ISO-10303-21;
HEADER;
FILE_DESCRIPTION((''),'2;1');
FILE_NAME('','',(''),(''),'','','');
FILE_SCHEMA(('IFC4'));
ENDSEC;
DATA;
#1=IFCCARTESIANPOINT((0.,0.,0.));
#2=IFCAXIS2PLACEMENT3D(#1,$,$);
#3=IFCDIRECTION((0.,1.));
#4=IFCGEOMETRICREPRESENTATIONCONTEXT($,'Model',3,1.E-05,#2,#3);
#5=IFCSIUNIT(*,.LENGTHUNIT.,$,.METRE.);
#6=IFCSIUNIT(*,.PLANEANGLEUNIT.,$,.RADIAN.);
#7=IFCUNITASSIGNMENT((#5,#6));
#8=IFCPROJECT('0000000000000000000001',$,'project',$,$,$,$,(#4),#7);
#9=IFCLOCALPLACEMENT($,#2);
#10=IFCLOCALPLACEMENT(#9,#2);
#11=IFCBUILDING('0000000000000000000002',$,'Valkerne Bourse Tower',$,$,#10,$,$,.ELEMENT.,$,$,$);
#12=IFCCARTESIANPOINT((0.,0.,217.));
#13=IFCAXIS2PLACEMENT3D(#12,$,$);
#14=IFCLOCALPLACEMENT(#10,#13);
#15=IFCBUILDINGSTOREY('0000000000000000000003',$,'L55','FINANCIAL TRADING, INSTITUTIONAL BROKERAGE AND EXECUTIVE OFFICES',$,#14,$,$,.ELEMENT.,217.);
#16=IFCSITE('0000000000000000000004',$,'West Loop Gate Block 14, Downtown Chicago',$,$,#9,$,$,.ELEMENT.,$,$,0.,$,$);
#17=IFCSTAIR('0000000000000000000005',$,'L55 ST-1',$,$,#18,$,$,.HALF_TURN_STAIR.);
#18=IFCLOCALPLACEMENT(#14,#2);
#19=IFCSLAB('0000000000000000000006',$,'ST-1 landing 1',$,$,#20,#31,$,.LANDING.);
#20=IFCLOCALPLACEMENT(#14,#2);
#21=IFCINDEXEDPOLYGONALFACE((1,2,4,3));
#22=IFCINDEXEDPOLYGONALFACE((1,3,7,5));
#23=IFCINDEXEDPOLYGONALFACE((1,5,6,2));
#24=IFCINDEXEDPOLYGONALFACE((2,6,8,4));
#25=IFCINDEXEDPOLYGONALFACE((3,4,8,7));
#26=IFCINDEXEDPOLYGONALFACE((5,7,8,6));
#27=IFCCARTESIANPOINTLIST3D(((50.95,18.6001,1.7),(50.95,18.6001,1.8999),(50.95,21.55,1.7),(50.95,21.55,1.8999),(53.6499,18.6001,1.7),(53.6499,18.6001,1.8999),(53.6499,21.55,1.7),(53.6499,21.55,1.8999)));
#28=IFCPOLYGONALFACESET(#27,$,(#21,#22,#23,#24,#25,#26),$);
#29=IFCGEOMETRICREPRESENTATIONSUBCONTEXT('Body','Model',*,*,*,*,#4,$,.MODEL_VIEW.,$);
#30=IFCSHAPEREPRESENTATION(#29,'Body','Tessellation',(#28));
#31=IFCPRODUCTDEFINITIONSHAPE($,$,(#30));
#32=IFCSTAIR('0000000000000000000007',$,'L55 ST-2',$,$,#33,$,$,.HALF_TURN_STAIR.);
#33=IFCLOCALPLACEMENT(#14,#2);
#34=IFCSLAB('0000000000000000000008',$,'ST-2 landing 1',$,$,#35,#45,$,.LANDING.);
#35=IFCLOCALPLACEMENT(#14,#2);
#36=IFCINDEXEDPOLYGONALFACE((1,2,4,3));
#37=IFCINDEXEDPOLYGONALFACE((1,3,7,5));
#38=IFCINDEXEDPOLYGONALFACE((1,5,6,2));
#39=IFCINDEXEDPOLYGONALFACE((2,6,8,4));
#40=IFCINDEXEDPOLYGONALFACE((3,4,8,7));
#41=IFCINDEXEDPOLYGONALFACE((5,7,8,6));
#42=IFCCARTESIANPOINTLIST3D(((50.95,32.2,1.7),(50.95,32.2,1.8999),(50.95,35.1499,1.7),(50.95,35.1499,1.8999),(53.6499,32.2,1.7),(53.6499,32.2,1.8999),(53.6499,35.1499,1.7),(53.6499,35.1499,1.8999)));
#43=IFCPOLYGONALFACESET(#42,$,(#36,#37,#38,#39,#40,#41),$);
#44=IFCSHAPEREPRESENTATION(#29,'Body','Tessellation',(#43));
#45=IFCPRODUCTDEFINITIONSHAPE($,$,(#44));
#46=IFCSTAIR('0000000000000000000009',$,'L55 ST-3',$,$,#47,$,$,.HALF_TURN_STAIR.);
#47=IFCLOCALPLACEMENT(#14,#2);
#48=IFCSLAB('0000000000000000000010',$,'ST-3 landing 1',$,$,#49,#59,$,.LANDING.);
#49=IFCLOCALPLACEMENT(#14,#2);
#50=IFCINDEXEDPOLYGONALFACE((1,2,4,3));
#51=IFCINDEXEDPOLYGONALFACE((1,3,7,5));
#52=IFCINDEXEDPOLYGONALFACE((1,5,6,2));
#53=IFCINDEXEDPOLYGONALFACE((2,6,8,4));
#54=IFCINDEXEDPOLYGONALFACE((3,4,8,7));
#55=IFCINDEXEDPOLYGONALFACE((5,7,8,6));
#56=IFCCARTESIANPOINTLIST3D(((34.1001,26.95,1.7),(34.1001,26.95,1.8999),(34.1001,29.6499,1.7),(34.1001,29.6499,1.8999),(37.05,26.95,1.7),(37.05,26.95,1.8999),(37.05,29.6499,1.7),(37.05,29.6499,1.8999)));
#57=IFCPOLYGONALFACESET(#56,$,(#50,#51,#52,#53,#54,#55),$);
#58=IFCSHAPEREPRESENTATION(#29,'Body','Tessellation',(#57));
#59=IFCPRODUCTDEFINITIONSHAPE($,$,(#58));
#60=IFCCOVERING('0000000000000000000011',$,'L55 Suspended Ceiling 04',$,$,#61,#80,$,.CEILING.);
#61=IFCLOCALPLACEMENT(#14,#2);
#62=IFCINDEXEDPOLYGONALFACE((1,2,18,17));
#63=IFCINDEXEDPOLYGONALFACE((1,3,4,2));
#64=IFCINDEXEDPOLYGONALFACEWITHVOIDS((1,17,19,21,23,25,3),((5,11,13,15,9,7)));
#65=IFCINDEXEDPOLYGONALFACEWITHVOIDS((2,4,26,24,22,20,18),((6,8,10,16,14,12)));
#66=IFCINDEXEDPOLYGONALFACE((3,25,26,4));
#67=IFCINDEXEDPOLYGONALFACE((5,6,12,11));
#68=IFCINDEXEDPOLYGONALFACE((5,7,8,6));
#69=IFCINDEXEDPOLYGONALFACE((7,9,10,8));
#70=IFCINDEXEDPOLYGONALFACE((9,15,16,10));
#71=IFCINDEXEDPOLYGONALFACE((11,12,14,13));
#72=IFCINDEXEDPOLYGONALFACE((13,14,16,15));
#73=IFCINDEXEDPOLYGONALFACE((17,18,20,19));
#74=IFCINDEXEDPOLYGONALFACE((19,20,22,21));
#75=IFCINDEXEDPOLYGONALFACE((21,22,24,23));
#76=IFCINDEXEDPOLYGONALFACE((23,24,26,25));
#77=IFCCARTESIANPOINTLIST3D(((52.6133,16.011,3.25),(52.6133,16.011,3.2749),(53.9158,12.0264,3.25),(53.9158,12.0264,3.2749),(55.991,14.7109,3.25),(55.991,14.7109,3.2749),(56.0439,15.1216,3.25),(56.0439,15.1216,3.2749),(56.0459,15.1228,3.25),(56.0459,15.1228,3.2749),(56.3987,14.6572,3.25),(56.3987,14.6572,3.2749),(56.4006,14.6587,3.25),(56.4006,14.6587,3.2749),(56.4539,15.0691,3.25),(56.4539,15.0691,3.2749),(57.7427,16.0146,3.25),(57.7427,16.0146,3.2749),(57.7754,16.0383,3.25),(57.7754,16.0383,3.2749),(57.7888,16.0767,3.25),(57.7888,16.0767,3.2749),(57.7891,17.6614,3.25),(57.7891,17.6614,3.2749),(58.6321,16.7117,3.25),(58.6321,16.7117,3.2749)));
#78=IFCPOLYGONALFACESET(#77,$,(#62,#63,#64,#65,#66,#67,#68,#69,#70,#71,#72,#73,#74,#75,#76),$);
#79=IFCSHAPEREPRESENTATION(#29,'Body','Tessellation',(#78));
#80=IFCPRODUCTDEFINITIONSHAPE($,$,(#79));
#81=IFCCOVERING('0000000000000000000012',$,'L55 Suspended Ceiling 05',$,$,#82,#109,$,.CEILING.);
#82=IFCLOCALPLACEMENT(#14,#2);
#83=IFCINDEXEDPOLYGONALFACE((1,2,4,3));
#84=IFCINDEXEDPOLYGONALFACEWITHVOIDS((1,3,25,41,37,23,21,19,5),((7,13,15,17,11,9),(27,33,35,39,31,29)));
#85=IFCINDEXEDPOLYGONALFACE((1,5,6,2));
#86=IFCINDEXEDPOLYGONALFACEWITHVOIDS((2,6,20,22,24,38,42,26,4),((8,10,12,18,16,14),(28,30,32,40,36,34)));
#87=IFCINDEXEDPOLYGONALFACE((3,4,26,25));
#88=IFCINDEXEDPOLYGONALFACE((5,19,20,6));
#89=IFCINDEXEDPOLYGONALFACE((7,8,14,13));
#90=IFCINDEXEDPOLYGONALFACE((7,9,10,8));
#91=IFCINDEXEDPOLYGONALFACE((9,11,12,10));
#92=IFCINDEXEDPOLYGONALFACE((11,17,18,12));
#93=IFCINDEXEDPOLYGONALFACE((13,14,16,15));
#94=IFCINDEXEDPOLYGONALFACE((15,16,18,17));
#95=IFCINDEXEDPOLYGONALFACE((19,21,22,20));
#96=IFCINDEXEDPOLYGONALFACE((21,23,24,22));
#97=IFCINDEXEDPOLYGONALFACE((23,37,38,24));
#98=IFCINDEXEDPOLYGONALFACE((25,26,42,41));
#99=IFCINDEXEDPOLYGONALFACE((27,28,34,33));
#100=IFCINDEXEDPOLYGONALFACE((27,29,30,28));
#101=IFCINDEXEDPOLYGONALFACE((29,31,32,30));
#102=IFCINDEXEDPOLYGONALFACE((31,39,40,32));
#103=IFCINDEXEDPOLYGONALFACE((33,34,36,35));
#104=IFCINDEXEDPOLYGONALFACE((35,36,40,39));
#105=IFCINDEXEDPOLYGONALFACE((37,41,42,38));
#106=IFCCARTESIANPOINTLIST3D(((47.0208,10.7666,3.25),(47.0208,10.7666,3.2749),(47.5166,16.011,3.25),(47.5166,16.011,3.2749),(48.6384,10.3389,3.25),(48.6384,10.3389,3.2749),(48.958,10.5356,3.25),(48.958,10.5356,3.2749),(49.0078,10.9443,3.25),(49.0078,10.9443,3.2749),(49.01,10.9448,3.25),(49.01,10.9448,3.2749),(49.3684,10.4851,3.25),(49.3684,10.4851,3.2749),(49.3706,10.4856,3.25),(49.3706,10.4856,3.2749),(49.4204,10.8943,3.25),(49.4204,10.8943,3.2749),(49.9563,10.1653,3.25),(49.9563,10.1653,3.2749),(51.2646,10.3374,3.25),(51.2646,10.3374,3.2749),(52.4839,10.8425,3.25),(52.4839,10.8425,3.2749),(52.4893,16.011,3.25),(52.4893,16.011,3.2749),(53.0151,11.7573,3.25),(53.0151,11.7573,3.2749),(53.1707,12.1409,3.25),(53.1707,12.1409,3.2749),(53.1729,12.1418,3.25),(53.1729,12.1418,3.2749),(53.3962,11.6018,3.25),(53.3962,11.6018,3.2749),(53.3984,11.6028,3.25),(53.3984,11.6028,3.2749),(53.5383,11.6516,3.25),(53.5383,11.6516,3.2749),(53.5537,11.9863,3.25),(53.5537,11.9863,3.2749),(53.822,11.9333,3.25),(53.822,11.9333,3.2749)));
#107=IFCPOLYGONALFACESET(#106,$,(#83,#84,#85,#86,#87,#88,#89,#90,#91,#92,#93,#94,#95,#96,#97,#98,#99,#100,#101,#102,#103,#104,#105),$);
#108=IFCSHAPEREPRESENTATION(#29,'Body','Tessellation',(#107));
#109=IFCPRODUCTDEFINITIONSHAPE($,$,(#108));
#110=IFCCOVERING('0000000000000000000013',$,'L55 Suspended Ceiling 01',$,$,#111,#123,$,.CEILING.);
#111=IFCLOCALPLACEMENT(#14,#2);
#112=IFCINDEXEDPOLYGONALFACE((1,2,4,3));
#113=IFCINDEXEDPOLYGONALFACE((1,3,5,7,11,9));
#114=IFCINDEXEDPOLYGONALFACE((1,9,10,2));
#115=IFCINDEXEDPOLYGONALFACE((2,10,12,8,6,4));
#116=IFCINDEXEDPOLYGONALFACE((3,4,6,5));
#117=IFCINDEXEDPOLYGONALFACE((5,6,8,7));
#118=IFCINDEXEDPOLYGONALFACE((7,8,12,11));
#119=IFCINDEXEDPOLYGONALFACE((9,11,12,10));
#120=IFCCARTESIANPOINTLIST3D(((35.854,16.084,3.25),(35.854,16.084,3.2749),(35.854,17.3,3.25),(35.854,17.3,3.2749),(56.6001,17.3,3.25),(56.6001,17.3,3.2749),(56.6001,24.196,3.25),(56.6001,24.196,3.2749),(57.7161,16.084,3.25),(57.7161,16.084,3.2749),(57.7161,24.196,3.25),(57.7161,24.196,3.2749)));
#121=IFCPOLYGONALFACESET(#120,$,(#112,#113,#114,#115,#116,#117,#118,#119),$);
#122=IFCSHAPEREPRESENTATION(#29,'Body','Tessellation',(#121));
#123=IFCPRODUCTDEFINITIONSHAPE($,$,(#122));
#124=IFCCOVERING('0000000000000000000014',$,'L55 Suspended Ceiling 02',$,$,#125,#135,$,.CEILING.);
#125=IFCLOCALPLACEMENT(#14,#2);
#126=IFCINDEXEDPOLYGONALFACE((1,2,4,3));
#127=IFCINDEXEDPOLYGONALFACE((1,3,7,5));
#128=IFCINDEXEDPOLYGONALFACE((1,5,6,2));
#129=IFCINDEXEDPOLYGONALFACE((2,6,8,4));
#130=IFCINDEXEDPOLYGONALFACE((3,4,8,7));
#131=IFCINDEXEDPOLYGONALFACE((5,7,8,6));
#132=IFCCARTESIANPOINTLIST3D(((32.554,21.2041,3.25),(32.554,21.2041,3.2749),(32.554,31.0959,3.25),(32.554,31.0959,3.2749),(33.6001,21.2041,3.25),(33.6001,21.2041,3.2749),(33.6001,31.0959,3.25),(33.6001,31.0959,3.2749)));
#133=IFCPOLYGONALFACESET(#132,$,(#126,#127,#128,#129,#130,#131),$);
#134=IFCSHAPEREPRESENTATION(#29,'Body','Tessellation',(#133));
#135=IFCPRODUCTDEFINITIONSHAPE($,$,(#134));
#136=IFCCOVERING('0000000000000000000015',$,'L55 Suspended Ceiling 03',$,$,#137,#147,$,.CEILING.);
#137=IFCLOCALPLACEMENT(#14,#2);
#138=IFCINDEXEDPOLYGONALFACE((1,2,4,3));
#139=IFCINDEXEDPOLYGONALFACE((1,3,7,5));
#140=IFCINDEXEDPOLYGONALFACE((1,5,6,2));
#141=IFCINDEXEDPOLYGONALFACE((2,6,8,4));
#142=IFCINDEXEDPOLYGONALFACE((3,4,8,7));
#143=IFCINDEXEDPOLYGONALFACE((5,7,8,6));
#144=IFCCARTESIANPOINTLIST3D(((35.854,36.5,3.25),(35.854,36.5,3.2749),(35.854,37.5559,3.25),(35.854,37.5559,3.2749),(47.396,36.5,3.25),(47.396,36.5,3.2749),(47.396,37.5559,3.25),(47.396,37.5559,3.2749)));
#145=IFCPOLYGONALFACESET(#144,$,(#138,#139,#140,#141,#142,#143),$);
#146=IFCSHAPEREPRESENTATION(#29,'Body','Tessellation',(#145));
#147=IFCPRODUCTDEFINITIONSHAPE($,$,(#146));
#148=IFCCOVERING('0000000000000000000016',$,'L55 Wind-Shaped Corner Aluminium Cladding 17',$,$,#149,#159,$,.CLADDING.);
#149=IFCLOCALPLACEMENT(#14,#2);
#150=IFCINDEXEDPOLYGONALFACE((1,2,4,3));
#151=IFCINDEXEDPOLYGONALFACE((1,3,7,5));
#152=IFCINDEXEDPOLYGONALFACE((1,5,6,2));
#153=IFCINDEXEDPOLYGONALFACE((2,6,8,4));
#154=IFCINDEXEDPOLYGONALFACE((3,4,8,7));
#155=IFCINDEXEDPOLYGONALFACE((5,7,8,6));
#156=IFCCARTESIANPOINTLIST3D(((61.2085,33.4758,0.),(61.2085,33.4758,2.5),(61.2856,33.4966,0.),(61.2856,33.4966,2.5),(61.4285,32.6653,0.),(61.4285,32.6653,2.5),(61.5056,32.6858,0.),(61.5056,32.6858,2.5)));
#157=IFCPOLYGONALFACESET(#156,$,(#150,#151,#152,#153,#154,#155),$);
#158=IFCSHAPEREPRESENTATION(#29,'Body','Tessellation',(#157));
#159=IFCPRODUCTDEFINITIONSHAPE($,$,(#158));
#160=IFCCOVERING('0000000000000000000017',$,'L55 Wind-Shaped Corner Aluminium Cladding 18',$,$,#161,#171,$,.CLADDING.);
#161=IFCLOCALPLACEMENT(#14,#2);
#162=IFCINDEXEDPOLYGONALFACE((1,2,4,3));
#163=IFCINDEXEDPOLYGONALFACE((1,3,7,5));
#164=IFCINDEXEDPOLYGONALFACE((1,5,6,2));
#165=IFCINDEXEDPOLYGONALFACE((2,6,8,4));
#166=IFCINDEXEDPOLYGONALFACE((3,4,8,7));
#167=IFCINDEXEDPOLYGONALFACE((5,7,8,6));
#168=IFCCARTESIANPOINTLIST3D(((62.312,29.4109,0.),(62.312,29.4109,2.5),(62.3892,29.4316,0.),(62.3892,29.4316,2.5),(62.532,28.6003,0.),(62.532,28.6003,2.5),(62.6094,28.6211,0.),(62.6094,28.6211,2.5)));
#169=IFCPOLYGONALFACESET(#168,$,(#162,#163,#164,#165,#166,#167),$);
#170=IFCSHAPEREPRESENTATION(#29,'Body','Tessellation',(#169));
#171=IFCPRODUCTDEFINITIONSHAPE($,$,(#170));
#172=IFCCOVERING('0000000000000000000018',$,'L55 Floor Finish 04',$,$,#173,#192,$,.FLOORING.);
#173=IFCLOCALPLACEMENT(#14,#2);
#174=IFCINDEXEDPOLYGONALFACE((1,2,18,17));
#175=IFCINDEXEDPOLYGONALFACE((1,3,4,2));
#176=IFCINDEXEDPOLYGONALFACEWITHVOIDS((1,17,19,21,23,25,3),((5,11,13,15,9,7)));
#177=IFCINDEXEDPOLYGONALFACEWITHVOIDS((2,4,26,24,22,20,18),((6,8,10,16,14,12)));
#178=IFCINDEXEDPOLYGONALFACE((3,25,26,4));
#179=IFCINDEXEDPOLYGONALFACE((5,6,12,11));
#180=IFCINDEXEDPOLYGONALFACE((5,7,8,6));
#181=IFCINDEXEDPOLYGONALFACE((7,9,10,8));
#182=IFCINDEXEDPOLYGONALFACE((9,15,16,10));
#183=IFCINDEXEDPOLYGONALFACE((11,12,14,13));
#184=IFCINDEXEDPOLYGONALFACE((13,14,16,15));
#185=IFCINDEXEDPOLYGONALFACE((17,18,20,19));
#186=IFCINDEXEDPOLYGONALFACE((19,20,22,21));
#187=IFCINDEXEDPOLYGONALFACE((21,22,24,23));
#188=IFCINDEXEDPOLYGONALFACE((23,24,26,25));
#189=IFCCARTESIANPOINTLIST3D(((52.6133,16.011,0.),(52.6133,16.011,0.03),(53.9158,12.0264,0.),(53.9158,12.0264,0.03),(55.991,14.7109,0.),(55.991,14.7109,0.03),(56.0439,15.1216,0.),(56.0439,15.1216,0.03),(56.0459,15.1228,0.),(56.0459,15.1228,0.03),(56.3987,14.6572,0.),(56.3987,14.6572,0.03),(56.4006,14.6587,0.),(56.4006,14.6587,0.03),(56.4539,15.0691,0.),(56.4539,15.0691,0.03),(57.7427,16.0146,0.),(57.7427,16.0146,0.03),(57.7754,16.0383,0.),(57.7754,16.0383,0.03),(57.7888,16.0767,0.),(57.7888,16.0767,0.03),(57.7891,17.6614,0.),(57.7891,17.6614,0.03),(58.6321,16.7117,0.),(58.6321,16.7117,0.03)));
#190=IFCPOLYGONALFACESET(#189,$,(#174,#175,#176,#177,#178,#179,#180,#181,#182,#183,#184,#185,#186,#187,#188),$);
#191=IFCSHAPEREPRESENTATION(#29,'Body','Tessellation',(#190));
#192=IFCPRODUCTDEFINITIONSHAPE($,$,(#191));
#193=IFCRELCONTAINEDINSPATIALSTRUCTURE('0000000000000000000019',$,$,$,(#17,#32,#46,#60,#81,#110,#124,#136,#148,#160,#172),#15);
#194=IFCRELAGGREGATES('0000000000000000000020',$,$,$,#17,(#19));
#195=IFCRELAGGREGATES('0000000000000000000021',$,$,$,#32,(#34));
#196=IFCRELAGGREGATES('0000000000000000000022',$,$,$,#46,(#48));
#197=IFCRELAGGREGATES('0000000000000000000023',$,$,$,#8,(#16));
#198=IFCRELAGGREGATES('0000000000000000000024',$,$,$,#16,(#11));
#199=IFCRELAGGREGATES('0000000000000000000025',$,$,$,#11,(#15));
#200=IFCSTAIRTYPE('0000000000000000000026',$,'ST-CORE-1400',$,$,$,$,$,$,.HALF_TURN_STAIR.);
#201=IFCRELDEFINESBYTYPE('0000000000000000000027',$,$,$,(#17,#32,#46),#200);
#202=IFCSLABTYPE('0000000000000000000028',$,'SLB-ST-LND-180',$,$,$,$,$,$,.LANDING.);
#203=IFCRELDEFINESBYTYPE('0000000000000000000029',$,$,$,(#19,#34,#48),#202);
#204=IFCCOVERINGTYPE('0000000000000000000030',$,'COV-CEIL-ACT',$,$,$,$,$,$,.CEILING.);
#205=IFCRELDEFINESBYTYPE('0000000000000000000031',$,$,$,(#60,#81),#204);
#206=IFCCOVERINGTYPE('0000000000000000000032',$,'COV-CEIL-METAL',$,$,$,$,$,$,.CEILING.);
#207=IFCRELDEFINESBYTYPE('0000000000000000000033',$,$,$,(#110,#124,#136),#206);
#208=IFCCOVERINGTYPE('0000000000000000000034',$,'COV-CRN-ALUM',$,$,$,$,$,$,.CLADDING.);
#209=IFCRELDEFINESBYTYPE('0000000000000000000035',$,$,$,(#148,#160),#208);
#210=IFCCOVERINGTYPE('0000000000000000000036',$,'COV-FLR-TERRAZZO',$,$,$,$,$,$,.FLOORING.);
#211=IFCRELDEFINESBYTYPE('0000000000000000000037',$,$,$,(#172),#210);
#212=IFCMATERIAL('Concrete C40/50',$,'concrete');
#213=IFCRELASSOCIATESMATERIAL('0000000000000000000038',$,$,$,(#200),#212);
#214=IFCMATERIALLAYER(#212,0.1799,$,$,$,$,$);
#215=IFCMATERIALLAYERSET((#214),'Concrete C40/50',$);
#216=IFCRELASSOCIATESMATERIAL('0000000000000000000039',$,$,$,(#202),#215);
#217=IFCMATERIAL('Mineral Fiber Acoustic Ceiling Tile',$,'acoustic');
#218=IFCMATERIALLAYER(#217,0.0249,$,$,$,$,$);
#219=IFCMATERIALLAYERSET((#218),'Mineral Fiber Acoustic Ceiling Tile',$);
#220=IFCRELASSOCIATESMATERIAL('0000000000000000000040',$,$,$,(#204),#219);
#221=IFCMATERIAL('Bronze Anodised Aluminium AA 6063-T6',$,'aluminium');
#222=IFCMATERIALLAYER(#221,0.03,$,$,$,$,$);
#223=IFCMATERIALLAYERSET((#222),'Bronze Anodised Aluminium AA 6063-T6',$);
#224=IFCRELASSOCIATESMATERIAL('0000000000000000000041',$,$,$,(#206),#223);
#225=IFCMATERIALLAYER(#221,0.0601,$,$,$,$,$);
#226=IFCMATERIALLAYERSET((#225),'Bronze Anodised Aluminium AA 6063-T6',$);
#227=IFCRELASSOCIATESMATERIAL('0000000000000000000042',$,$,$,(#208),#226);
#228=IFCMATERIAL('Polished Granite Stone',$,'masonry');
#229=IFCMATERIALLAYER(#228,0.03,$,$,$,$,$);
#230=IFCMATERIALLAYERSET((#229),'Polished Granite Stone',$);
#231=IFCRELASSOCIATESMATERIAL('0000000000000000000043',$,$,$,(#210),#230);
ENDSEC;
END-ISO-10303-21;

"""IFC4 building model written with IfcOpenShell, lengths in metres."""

from ifc_helpers import new_model, si_unit, direction, frame, origin, place, context, subcontext, project, spatial, polyline, outline, extrude, material, layer, layer_set, type_object, element, aggregate, save


model = new_model("IFC4")

# Units and contexts
model_context = context("Model", 3, precision=1e-05, world=origin(), true_north=direction((0.0, 1.0)))
body_context = subcontext(model_context, "Body", "Model", "MODEL_VIEW")
ifc_project = project(units=[si_unit("LENGTHUNIT", "METRE"), si_unit("PLANEANGLEUNIT", "RADIAN")], contexts=[model_context])

# Site, building, storey
site_placement = place(None, origin())
site = spatial("IfcSite", under=ifc_project, at=site_placement, Name="West Loop Gate Block 14, Downtown Chicago", CompositionType="ELEMENT", RefElevation=0.0)
building_placement = place(site_placement, origin())
building = spatial("IfcBuilding", under=site, at=building_placement, Name="Valkerne Bourse Tower", CompositionType="ELEMENT")
storey_placement = place(building_placement, frame((0.0, 0.0, 217.0)))
storey = spatial("IfcBuildingStorey", under=building, at=storey_placement, Name="L55", Description="FINANCIAL TRADING, INSTITUTIONAL BROKERAGE AND EXECUTIVE OFFICES", CompositionType="ELEMENT", Elevation=217.0)

# Stairs, slabs
ifc_material_1 = material(Name="Concrete C40/50", Category="concrete")
stair_type = type_object("IfcStairType", Name="ST-CORE-1400", PredefinedType="HALF_TURN_STAIR", material=ifc_material_1)
stair_1_placement = place(storey_placement, origin())
stair_1 = element("IfcStair", 1, at=stair_1_placement, inside=storey, type_object=stair_type, Name="L55 ST-1", PredefinedType="HALF_TURN_STAIR")
ifc_layer_1 = layer(ifc_material_1, 0.1799)
ifc_layer_set_1 = layer_set([ifc_layer_1], Name="Concrete C40/50")
slab_type = type_object("IfcSlabType", Name="SLB-ST-LND-180", PredefinedType="LANDING", material=ifc_layer_set_1)
slab_1_placement = place(storey_placement, frame((0.0, 0.0, 1.7)))
slab_1 = element("IfcSlab", 2, at=slab_1_placement, type_object=slab_type, Name="ST-1 landing 1", PredefinedType="LANDING", context=body_context, shape_type="SweptSolid", body=[
    extrude(outline(polyline([(50.95, 18.6001), (53.6499, 18.6001), (53.6499, 21.55), (50.95, 21.55), (50.95, 18.6001)])), origin(), (0.0, 0.0, 1.0), 0.2),
])
aggregate(stair_1, [slab_1])
stair_2_placement = place(storey_placement, origin())
stair_2 = element("IfcStair", 3, at=stair_2_placement, inside=storey, type_object=stair_type, Name="L55 ST-2", PredefinedType="HALF_TURN_STAIR")
slab_2_placement = place(storey_placement, frame((0.0, 0.0, 1.7)))
slab_2 = element("IfcSlab", 4, at=slab_2_placement, type_object=slab_type, Name="ST-2 landing 1", PredefinedType="LANDING", context=body_context, shape_type="SweptSolid", body=[
    extrude(outline(polyline([(50.95, 32.2), (53.6499, 32.2), (53.6499, 35.1499), (50.95, 35.1499), (50.95, 32.2)])), origin(), (0.0, 0.0, 1.0), 0.2),
])
aggregate(stair_2, [slab_2])
stair_3_placement = place(storey_placement, origin())
stair_3 = element("IfcStair", 5, at=stair_3_placement, inside=storey, type_object=stair_type, Name="L55 ST-3", PredefinedType="HALF_TURN_STAIR")
slab_3_placement = place(storey_placement, frame((0.0, 0.0, 1.7)))
slab_3 = element("IfcSlab", 6, at=slab_3_placement, type_object=slab_type, Name="ST-3 landing 1", PredefinedType="LANDING", context=body_context, shape_type="SweptSolid", body=[
    extrude(outline(polyline([(37.05, 26.95), (37.05, 29.6499), (34.1001, 29.6499), (34.1001, 26.95), (37.05, 26.95)])), origin(), (0.0, 0.0, 1.0), 0.2),
])
aggregate(stair_3, [slab_3])

# Coverings
ifc_material_2 = material(Name="Mineral Fiber Acoustic Ceiling Tile", Category="acoustic")
ifc_layer_2 = layer(ifc_material_2, 0.0249)
ifc_layer_set_2 = layer_set([ifc_layer_2], Name="Mineral Fiber Acoustic Ceiling Tile")
covering_type_1 = type_object("IfcCoveringType", Name="COV-CEIL-ACT", PredefinedType="CEILING", material=ifc_layer_set_2)
covering_1_placement = place(storey_placement, frame((0.0, 0.0, 3.25)))
element("IfcCovering", 7, at=covering_1_placement, inside=storey, type_object=covering_type_1, Name="L55 Suspended Ceiling 04", PredefinedType="CEILING", context=body_context, shape_type="SweptSolid", body=[
    extrude(outline(polyline([(57.7427, 16.0146), (57.7754, 16.0383), (57.7888, 16.0767), (57.7891, 17.6614), (58.6321, 16.7117), (53.9158, 12.0264), (52.6133, 16.011), (57.7427, 16.0146)]), holes=[polyline([(56.4539, 15.0691), (56.0459, 15.1228), (56.0439, 15.1216), (55.991, 14.7109), (56.3987, 14.6572), (56.4006, 14.6587), (56.4539, 15.0691)])]), origin(), (0.0, 0.0, 1.0), 0.0249),
])
covering_2_placement = place(storey_placement, frame((0.0, 0.0, 3.25)))
element("IfcCovering", 8, at=covering_2_placement, inside=storey, type_object=covering_type_1, Name="L55 Suspended Ceiling 05", PredefinedType="CEILING", context=body_context, shape_type="SweptSolid", body=[
    extrude(outline(polyline([(51.2646, 10.3374), (49.9563, 10.1653), (48.6384, 10.3389), (47.0208, 10.7666), (47.5166, 16.011), (52.4893, 16.011), (53.822, 11.9333), (53.5383, 11.6516), (52.4839, 10.8425), (51.2646, 10.3374)]), holes=[polyline([(49.4204, 10.8943), (49.01, 10.9448), (49.0078, 10.9443), (48.958, 10.5356), (49.3684, 10.4851), (49.3706, 10.4856), (49.4204, 10.8943)]), polyline([(53.5537, 11.9863), (53.1729, 12.1418), (53.1707, 12.1409), (53.0151, 11.7573), (53.3962, 11.6018), (53.3984, 11.6028), (53.5537, 11.9863)])]), origin(), (0.0, 0.0, 1.0), 0.0249),
])
ifc_material_3 = material(Name="Bronze Anodised Aluminium AA 6063-T6", Category="aluminium")
ifc_layer_3 = layer(ifc_material_3, 0.03)
ifc_layer_set_3 = layer_set([ifc_layer_3], Name="Bronze Anodised Aluminium AA 6063-T6")
covering_type_2 = type_object("IfcCoveringType", Name="COV-CEIL-METAL", PredefinedType="CEILING", material=ifc_layer_set_3)
covering_3_placement = place(storey_placement, frame((0.0, 0.0, 3.25)))
element("IfcCovering", 9, at=covering_3_placement, inside=storey, type_object=covering_type_2, Name="L55 Suspended Ceiling 01", PredefinedType="CEILING", context=body_context, shape_type="SweptSolid", body=[
    extrude(outline(polyline([(35.854, 17.3), (56.6001, 17.3), (56.6001, 24.196), (57.7161, 24.196), (57.7161, 16.084), (35.854, 16.084), (35.854, 17.3)])), origin(), (0.0, 0.0, 1.0), 0.0249),
])
covering_4_placement = place(storey_placement, frame((0.0, 0.0, 3.25)))
element("IfcCovering", 10, at=covering_4_placement, inside=storey, type_object=covering_type_2, Name="L55 Suspended Ceiling 02", PredefinedType="CEILING", context=body_context, shape_type="SweptSolid", body=[
    extrude(outline(polyline([(32.554, 21.2041), (32.554, 31.0959), (33.6001, 31.0959), (33.6001, 21.2041), (32.554, 21.2041)])), origin(), (0.0, 0.0, 1.0), 0.0249),
])
covering_5_placement = place(storey_placement, frame((0.0, 0.0, 3.25)))
element("IfcCovering", 11, at=covering_5_placement, inside=storey, type_object=covering_type_2, Name="L55 Suspended Ceiling 03", PredefinedType="CEILING", context=body_context, shape_type="SweptSolid", body=[
    extrude(outline(polyline([(35.854, 37.5559), (47.396, 37.5559), (47.396, 36.5), (35.854, 36.5), (35.854, 37.5559)])), origin(), (0.0, 0.0, 1.0), 0.0249),
])
ifc_layer_4 = layer(ifc_material_3, 0.0601)
ifc_layer_set_4 = layer_set([ifc_layer_4], Name="Bronze Anodised Aluminium AA 6063-T6")
covering_type_3 = type_object("IfcCoveringType", Name="COV-CRN-ALUM", PredefinedType="CLADDING", material=ifc_layer_set_4)
covering_6_placement = place(storey_placement, origin())
element("IfcCovering", 12, at=covering_6_placement, inside=storey, type_object=covering_type_3, Name="L55 Wind-Shaped Corner Aluminium Cladding 17", PredefinedType="CLADDING", context=body_context, shape_type="SweptSolid", body=[
    extrude(outline(polyline([(61.5056, 32.6858), (61.4285, 32.6653), (61.2085, 33.4758), (61.2856, 33.4966), (61.5056, 32.6858)])), origin(), (0.0, 0.0, 1.0), 2.5),
])
covering_7_placement = place(storey_placement, origin())
element("IfcCovering", 13, at=covering_7_placement, inside=storey, type_object=covering_type_3, Name="L55 Wind-Shaped Corner Aluminium Cladding 18", PredefinedType="CLADDING", context=body_context, shape_type="SweptSolid", body=[
    extrude(outline(polyline([(62.6094, 28.6211), (62.532, 28.6003), (62.312, 29.4109), (62.3892, 29.4316), (62.6094, 28.6211)])), origin(), (0.0, 0.0, 1.0), 2.5),
])
ifc_material_4 = material(Name="Polished Granite Stone", Category="masonry")
ifc_layer_5 = layer(ifc_material_4, 0.03)
ifc_layer_set_5 = layer_set([ifc_layer_5], Name="Polished Granite Stone")
covering_type_4 = type_object("IfcCoveringType", Name="COV-FLR-TERRAZZO", PredefinedType="FLOORING", material=ifc_layer_set_5)
covering_8_placement = place(storey_placement, origin())
element("IfcCovering", 14, at=covering_8_placement, inside=storey, type_object=covering_type_4, Name="L55 Floor Finish 04", PredefinedType="FLOORING", context=body_context, shape_type="SweptSolid", body=[
    extrude(outline(polyline([(57.7427, 16.0146), (57.7754, 16.0383), (57.7888, 16.0767), (57.7891, 17.6614), (58.6321, 16.7117), (53.9158, 12.0264), (52.6133, 16.011), (57.7427, 16.0146)]), holes=[polyline([(56.4539, 15.0691), (56.0459, 15.1228), (56.0439, 15.1216), (55.991, 14.7109), (56.3987, 14.6572), (56.4006, 14.6587), (56.4539, 15.0691)])]), origin(), (0.0, 0.0, 1.0), 0.03),
])

save(model, "model.ifc")
